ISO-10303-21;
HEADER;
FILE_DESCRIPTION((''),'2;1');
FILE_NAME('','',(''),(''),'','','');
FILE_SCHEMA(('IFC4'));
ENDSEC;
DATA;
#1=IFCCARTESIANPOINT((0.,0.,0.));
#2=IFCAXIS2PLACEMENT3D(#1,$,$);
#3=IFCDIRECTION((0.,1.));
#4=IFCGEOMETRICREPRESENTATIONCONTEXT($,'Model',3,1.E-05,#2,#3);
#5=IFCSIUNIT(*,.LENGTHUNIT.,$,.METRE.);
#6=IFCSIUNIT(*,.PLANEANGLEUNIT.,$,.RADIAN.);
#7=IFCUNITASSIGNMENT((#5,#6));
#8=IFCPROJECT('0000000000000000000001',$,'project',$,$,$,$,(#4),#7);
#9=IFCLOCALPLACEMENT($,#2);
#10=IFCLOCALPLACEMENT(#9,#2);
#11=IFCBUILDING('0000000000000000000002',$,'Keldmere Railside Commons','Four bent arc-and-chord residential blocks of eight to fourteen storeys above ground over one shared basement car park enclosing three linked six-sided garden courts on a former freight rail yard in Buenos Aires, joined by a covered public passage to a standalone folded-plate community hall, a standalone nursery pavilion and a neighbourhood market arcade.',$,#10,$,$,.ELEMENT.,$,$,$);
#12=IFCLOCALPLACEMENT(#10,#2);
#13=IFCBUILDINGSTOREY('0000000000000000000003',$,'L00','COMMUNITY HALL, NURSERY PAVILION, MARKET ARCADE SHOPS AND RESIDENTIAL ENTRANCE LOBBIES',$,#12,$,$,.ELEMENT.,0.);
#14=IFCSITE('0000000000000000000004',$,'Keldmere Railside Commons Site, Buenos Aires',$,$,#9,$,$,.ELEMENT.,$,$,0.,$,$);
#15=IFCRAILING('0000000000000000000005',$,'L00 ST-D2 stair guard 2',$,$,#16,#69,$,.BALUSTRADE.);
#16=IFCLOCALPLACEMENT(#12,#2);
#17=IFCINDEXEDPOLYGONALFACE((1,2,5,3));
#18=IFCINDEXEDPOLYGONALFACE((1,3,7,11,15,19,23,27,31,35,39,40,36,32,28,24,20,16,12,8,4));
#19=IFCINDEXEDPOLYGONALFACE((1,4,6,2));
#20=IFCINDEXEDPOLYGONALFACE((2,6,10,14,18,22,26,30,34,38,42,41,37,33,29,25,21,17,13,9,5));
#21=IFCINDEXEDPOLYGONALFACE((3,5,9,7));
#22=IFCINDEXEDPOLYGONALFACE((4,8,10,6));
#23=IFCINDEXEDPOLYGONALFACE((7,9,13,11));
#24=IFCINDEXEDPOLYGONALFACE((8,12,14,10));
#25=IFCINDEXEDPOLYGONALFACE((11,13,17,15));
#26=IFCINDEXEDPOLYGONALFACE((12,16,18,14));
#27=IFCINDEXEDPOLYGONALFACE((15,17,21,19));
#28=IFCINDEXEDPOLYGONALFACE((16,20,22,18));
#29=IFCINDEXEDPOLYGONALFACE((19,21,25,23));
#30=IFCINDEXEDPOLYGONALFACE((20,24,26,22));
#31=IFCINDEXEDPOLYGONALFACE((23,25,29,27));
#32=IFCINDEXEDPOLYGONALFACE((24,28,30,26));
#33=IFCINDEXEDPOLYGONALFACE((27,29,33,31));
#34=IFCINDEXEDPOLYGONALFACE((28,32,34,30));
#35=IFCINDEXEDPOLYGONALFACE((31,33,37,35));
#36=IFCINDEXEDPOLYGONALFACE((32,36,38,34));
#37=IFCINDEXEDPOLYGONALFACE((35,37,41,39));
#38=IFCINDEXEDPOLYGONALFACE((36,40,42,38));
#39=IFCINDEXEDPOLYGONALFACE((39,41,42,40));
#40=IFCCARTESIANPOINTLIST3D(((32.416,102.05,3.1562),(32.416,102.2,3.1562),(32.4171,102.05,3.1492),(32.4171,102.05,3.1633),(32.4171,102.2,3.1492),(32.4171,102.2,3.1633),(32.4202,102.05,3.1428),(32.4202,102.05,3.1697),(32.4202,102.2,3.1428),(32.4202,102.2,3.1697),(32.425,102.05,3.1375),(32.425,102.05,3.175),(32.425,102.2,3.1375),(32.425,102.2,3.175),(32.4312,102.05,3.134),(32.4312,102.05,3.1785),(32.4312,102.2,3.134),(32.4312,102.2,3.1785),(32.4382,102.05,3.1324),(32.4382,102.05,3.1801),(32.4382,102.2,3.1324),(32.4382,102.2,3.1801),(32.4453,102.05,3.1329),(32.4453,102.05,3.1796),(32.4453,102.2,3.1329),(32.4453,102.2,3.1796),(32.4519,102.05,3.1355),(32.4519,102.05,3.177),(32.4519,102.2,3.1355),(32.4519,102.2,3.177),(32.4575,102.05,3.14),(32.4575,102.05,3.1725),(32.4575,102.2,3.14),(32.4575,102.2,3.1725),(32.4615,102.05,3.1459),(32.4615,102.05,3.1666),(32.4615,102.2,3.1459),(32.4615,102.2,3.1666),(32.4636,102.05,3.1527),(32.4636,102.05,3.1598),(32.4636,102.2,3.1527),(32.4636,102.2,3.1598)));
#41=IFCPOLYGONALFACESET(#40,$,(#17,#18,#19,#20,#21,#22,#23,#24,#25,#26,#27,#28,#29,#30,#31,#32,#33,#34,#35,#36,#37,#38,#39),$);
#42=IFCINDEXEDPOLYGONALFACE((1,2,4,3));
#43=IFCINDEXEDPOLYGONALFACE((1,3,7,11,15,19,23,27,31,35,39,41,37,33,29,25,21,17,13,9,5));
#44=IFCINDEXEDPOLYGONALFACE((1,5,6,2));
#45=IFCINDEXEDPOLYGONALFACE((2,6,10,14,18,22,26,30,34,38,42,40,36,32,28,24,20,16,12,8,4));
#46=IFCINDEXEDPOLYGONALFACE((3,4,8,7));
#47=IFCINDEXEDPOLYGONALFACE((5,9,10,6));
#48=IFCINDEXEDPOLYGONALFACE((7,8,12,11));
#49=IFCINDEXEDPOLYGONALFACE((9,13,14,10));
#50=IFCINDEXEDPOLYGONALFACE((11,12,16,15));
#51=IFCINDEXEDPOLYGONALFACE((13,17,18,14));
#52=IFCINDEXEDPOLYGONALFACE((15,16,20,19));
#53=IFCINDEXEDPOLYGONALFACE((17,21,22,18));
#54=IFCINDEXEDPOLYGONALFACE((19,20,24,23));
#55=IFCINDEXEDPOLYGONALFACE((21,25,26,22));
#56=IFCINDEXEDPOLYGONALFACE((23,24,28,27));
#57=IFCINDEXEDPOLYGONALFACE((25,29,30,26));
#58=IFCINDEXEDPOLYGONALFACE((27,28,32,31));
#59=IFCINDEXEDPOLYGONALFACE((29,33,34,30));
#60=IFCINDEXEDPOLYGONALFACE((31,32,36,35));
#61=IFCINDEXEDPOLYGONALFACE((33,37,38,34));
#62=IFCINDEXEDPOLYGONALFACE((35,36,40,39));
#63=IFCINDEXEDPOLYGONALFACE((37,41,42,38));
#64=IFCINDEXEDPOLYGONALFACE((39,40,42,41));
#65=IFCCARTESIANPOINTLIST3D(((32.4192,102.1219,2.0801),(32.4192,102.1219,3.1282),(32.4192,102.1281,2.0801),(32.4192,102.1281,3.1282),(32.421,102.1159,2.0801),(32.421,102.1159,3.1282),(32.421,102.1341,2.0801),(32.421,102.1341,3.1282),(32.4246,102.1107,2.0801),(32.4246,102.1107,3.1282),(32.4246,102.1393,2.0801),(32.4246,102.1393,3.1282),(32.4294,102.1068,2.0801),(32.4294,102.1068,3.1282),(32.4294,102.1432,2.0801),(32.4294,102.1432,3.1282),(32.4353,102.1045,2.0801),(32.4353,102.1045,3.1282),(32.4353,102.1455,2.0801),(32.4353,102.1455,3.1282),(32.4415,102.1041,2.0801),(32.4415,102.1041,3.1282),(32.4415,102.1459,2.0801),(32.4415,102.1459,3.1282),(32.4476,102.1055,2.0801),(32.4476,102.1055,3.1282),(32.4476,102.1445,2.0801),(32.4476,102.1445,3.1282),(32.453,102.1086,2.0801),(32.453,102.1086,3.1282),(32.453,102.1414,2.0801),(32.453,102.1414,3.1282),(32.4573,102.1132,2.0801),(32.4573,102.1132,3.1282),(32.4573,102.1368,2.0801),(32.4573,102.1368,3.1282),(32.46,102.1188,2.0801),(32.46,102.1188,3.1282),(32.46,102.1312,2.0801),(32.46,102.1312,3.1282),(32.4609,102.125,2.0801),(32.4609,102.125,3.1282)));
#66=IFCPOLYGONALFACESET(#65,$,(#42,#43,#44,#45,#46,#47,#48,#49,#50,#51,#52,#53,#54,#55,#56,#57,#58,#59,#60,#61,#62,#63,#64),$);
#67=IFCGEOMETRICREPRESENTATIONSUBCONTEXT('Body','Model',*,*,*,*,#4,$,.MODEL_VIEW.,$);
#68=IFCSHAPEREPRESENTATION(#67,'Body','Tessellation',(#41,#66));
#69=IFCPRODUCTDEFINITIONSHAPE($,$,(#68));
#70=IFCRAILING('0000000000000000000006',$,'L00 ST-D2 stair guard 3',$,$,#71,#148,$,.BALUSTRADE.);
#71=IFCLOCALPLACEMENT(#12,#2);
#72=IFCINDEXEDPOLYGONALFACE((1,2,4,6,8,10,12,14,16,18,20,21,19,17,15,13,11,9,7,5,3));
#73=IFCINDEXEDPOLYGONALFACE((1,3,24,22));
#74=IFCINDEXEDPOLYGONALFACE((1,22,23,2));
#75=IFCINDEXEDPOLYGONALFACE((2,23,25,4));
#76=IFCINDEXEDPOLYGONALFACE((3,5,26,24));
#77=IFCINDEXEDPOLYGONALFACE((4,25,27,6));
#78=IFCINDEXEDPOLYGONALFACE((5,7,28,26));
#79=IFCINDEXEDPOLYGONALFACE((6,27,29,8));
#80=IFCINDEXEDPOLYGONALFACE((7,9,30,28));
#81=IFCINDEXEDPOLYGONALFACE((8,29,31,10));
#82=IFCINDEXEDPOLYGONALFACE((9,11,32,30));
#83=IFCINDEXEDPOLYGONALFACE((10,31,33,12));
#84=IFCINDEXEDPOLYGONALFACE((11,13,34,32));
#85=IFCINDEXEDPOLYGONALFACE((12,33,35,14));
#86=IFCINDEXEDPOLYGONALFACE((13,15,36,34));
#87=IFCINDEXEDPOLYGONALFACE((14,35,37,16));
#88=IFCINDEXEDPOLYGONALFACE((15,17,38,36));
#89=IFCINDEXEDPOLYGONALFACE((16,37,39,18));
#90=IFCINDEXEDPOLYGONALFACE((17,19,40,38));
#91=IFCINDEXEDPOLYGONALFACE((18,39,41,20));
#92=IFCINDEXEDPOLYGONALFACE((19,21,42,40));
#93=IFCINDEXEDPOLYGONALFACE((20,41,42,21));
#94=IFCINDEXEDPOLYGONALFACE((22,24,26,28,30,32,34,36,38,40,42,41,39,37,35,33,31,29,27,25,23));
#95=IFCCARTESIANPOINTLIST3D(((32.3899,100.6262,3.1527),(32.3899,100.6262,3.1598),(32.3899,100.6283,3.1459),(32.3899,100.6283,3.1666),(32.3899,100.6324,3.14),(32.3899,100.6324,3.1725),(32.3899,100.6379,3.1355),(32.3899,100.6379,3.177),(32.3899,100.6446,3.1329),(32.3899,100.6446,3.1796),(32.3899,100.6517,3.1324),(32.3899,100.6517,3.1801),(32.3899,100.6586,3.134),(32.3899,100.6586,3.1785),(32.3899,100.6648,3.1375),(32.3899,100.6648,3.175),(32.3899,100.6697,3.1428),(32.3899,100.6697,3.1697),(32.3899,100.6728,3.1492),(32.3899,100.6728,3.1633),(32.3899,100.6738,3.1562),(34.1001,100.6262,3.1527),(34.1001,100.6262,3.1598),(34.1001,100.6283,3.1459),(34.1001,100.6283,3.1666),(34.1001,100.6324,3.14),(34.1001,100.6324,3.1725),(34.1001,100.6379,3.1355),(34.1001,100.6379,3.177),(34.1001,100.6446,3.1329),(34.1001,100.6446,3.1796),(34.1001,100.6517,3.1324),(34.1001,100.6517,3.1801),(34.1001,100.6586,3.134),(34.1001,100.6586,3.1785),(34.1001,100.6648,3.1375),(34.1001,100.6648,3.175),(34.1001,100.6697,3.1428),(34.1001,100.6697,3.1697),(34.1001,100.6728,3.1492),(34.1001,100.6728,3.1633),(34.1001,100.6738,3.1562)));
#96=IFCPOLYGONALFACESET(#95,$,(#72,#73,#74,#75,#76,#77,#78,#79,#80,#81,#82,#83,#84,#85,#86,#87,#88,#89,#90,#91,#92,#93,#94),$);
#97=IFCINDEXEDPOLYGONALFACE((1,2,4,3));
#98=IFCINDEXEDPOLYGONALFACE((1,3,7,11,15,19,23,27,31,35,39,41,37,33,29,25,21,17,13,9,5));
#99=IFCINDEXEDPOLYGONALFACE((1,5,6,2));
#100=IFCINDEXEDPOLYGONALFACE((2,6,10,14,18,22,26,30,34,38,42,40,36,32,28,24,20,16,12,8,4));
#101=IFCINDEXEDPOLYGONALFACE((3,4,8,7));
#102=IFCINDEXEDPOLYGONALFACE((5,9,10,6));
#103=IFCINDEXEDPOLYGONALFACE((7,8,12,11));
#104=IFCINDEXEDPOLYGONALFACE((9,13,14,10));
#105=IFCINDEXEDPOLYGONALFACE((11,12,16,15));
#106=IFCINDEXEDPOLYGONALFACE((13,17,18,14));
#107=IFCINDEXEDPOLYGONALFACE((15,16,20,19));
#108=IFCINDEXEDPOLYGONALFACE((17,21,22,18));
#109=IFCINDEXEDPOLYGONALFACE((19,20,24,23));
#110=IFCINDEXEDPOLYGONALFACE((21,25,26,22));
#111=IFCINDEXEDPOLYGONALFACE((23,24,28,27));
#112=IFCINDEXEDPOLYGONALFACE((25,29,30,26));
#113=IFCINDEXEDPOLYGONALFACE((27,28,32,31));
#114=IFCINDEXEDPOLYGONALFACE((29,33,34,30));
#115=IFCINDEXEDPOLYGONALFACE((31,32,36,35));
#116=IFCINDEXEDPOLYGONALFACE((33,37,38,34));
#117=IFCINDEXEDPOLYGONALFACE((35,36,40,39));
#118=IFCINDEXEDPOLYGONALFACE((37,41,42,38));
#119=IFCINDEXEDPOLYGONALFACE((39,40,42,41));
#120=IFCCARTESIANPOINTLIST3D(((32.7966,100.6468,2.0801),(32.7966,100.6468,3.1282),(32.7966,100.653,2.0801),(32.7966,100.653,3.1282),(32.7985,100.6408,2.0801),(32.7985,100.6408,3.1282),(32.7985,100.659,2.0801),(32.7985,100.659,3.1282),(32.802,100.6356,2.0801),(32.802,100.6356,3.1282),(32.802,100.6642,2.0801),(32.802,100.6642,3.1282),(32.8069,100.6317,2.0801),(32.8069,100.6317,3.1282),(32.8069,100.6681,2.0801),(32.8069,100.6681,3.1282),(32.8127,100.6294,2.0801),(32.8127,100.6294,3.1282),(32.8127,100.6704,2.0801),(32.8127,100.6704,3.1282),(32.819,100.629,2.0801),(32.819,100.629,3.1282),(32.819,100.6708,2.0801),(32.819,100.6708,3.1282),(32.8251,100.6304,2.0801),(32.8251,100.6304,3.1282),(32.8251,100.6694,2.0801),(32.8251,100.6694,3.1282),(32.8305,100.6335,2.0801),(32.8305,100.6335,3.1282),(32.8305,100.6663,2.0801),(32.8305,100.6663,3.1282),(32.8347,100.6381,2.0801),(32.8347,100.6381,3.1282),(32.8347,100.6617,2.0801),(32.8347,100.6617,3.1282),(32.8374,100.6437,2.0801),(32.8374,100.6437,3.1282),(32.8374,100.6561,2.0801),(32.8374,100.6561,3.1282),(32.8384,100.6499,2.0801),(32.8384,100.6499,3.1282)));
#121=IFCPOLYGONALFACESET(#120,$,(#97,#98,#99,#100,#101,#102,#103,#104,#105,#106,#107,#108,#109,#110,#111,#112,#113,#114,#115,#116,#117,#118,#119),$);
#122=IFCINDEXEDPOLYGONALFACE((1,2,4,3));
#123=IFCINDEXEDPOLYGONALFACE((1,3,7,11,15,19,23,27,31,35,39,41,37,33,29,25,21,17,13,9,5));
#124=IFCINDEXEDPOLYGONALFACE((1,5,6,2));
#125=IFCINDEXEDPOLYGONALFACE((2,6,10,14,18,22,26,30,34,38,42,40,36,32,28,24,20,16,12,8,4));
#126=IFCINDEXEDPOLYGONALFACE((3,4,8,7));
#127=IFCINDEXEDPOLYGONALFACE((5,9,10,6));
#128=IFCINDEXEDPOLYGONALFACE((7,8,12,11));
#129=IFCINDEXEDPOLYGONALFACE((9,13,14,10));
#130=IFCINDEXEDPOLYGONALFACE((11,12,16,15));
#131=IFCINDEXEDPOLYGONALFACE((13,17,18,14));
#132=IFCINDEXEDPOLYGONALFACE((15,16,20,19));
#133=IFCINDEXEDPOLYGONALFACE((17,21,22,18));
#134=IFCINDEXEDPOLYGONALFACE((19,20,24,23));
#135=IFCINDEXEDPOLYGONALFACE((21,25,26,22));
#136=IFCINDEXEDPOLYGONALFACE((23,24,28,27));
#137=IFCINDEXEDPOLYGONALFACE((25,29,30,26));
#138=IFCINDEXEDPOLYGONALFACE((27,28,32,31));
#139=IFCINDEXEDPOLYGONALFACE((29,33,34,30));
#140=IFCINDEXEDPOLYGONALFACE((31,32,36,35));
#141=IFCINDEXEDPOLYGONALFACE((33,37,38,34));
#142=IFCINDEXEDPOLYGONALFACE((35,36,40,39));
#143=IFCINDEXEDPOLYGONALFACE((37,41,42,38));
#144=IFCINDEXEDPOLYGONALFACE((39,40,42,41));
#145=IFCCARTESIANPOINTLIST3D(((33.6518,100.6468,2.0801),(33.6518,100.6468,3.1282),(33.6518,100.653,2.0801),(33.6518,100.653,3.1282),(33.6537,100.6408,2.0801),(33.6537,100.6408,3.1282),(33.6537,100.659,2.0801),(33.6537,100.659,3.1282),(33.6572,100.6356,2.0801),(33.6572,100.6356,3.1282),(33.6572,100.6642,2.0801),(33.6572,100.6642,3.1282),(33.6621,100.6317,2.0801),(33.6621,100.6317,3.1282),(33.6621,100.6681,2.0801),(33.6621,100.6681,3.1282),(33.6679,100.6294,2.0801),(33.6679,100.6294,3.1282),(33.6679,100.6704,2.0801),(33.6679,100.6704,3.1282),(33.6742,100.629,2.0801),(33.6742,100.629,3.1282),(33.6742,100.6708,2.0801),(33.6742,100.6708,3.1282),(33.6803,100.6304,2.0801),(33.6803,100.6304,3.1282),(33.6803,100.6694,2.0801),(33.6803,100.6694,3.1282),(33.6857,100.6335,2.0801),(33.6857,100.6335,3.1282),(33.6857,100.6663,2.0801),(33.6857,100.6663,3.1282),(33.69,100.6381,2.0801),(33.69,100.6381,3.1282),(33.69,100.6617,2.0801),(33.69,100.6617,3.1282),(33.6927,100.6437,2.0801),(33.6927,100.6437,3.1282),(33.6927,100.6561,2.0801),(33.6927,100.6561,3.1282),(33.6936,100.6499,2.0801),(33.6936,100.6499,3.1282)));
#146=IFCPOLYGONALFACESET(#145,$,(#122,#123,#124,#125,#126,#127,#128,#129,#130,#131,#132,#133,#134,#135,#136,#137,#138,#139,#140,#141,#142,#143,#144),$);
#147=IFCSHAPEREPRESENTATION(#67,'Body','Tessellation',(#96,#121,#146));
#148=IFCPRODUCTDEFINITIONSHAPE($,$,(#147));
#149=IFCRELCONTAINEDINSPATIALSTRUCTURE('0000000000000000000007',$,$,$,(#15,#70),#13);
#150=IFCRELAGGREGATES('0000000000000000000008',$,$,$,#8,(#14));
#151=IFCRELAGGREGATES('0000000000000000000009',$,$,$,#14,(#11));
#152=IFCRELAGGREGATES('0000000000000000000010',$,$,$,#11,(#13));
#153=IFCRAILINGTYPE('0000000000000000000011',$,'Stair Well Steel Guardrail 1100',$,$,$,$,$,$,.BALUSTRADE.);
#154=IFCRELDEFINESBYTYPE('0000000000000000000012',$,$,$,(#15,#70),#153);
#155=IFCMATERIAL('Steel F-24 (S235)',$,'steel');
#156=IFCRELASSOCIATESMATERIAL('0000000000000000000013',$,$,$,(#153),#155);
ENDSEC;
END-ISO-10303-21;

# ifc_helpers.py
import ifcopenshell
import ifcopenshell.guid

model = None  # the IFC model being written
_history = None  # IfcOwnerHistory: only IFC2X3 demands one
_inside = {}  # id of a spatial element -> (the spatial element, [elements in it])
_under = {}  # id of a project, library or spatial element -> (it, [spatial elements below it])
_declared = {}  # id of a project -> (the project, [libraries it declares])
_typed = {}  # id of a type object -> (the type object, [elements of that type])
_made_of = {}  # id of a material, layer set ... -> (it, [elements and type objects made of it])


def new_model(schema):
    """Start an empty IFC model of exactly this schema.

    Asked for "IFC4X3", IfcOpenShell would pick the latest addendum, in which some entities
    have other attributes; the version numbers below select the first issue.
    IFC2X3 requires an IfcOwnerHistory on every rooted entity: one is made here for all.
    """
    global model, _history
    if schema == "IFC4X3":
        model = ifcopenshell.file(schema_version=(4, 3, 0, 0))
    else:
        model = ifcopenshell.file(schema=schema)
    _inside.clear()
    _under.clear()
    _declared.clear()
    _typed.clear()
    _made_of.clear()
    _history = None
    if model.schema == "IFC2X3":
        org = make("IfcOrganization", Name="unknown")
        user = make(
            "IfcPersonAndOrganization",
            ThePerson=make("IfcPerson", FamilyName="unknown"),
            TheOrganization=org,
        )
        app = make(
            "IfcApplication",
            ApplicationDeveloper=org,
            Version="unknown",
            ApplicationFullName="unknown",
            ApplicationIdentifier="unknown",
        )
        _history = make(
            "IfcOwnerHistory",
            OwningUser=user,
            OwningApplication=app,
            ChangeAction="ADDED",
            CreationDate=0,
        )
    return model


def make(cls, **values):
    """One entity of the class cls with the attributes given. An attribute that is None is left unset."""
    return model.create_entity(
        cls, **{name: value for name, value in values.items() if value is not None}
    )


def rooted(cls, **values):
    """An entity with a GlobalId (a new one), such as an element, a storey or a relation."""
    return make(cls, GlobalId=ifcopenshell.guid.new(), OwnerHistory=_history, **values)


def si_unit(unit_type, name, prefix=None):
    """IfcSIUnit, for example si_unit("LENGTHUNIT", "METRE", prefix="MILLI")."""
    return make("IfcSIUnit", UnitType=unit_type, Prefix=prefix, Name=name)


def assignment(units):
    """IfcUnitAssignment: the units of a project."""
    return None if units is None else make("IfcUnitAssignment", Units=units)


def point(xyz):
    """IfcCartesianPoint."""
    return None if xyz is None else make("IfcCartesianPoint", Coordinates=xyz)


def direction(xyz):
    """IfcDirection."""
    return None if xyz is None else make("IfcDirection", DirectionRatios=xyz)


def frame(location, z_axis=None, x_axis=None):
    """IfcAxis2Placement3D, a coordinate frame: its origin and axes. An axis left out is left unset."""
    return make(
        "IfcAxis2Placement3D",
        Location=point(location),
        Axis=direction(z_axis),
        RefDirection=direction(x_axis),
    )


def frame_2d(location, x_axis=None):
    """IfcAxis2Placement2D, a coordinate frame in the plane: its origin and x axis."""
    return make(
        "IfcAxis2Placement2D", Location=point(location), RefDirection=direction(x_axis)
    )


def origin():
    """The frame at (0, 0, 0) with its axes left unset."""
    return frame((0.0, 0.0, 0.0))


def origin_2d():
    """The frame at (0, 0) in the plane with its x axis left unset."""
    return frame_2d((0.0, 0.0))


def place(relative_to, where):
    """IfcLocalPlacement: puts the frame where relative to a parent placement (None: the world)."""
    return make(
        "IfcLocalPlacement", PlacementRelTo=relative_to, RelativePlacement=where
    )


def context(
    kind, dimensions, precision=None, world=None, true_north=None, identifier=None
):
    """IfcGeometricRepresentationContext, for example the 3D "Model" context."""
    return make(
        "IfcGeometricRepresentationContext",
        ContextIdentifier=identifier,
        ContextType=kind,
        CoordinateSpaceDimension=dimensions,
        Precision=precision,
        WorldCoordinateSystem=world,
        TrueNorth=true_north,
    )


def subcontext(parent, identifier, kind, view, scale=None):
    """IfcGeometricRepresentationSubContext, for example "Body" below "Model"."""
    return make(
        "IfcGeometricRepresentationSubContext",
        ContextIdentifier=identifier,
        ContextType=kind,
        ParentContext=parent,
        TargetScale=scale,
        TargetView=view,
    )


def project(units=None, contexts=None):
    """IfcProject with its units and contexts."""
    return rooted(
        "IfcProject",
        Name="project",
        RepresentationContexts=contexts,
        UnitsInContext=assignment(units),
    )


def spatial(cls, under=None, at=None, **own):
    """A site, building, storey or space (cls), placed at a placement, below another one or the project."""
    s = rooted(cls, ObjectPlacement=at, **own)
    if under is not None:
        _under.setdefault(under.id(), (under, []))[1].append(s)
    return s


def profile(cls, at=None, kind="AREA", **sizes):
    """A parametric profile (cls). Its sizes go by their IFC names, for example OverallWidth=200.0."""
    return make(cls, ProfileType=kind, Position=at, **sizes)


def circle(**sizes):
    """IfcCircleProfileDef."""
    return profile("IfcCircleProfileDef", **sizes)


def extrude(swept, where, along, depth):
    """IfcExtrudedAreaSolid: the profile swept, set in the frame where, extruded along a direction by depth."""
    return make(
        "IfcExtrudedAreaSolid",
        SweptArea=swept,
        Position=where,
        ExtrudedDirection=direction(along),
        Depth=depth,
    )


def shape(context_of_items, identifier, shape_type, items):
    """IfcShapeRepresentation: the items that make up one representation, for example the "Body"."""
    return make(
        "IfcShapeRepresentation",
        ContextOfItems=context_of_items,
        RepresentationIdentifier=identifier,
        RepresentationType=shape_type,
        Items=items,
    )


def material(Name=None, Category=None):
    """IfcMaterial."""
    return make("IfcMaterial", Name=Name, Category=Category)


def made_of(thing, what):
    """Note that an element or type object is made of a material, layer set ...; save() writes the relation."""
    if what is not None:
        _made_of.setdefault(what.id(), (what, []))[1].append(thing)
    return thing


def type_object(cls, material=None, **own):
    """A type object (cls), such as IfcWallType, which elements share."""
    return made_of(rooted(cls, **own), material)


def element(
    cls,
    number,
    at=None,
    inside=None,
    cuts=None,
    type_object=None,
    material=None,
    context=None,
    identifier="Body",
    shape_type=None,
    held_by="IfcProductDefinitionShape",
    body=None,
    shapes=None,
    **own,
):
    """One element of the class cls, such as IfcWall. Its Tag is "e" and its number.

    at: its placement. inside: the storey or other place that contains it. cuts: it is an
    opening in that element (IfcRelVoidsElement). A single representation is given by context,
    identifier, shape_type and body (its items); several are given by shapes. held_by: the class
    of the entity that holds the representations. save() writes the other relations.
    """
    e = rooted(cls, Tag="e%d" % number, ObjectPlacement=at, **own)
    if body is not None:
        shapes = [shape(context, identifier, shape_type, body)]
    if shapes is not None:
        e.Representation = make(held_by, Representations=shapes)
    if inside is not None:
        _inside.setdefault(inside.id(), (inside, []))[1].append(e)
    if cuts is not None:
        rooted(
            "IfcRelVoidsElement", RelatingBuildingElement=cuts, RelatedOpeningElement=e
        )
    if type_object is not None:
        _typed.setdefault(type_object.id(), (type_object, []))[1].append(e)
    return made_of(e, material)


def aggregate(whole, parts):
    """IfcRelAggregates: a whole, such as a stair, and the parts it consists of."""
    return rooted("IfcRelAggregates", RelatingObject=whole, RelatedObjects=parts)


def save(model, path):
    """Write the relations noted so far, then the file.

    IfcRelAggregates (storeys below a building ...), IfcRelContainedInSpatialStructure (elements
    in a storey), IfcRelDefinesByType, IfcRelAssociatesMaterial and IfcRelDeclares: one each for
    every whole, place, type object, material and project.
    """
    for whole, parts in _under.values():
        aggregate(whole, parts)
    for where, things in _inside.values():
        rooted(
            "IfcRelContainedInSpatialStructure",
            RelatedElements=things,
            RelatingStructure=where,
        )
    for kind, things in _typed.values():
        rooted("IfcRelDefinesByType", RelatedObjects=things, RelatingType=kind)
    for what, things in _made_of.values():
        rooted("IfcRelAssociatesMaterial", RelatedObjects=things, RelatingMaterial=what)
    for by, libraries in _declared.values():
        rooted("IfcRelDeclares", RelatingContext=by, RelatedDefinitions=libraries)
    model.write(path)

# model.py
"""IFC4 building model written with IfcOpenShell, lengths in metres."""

from ifc_helpers import new_model, si_unit, direction, frame, origin, origin_2d, place, context, subcontext, project, spatial, circle, extrude, material, type_object, element, save


model = new_model("IFC4")

# Units and contexts
model_context = context("Model", 3, precision=1e-05, world=origin(), true_north=direction((0.0, 1.0)))
body_context = subcontext(model_context, "Body", "Model", "MODEL_VIEW")
ifc_project = project(units=[si_unit("LENGTHUNIT", "METRE"), si_unit("PLANEANGLEUNIT", "RADIAN")], contexts=[model_context])

# Site, building, storey
site_placement = place(None, origin())
site = spatial("IfcSite", under=ifc_project, at=site_placement, Name="Keldmere Railside Commons Site, Buenos Aires", CompositionType="ELEMENT", RefElevation=0.0)
building_placement = place(site_placement, origin())
building = spatial("IfcBuilding", under=site, at=building_placement, Name="Keldmere Railside Commons", Description="Four bent arc-and-chord residential blocks of eight to fourteen storeys above ground over one shared basement car park enclosing three linked six-sided garden courts on a former freight rail yard in Buenos Aires, joined by a covered public passage to a standalone folded-plate community hall, a standalone nursery pavilion and a neighbourhood market arcade.", CompositionType="ELEMENT")
storey_placement = place(building_placement, origin())
storey = spatial("IfcBuildingStorey", under=building, at=storey_placement, Name="L00", Description="COMMUNITY HALL, NURSERY PAVILION, MARKET ARCADE SHOPS AND RESIDENTIAL ENTRANCE LOBBIES", CompositionType="ELEMENT", Elevation=0.0)

# Shared definitions
ifc_material_1 = material(Name="Steel F-24 (S235)", Category="steel")

# Railings
railing_type_1 = type_object("IfcRailingType", Name="Stair Well Steel Guardrail 1100", PredefinedType="BALUSTRADE", material=ifc_material_1)
railing_1_placement = place(storey_placement, frame((32.4399, 102.05, 2.0801)))
element("IfcRailing", 1, at=railing_1_placement, inside=storey, type_object=railing_type_1, Name="L00 ST-D2 stair guard 2", PredefinedType="BALUSTRADE", context=body_context, shape_type="SweptSolid", body=[
    extrude(circle(Radius=0.0239, at=origin_2d()), frame((0.0, 0.0, 1.0762), z_axis=(0.0, 1.0, 0.0), x_axis=(-1.0, 0.0, 0.0)), (0.0, 0.0, 1.0), 0.1499),
    extrude(circle(Radius=0.021, at=origin_2d()), frame((0.0, 0.075, 0.0)), (0.0, 0.0, 1.0), 1.0481),
])
for number, where, name in (
    (2, (32.3899, 100.6499, 2.0801), "L00 ST-D2 stair guard 3"),
):
    element("IfcRailing", number, at=place(storey_placement, frame(where)), inside=storey, type_object=railing_type_1, Name=name, PredefinedType="BALUSTRADE", context=body_context, shape_type="SweptSolid", body=[
        extrude(circle(Radius=0.0239, at=origin_2d()), frame((0.0, 0.0, 1.0762), z_axis=(1.0, 0.0, 0.0), x_axis=(0.0, 1.0, 0.0)), (0.0, 0.0, 1.0), 1.7102),
        extrude(circle(Radius=0.021, at=origin_2d()), frame((0.4275, 0.0, 0.0)), (0.0, 0.0, 1.0), 1.0481),
        extrude(circle(Radius=0.021, at=origin_2d()), frame((1.2827, 0.0, 0.0)), (0.0, 0.0, 1.0), 1.0481),
    ])

save(model, "model.ifc")
